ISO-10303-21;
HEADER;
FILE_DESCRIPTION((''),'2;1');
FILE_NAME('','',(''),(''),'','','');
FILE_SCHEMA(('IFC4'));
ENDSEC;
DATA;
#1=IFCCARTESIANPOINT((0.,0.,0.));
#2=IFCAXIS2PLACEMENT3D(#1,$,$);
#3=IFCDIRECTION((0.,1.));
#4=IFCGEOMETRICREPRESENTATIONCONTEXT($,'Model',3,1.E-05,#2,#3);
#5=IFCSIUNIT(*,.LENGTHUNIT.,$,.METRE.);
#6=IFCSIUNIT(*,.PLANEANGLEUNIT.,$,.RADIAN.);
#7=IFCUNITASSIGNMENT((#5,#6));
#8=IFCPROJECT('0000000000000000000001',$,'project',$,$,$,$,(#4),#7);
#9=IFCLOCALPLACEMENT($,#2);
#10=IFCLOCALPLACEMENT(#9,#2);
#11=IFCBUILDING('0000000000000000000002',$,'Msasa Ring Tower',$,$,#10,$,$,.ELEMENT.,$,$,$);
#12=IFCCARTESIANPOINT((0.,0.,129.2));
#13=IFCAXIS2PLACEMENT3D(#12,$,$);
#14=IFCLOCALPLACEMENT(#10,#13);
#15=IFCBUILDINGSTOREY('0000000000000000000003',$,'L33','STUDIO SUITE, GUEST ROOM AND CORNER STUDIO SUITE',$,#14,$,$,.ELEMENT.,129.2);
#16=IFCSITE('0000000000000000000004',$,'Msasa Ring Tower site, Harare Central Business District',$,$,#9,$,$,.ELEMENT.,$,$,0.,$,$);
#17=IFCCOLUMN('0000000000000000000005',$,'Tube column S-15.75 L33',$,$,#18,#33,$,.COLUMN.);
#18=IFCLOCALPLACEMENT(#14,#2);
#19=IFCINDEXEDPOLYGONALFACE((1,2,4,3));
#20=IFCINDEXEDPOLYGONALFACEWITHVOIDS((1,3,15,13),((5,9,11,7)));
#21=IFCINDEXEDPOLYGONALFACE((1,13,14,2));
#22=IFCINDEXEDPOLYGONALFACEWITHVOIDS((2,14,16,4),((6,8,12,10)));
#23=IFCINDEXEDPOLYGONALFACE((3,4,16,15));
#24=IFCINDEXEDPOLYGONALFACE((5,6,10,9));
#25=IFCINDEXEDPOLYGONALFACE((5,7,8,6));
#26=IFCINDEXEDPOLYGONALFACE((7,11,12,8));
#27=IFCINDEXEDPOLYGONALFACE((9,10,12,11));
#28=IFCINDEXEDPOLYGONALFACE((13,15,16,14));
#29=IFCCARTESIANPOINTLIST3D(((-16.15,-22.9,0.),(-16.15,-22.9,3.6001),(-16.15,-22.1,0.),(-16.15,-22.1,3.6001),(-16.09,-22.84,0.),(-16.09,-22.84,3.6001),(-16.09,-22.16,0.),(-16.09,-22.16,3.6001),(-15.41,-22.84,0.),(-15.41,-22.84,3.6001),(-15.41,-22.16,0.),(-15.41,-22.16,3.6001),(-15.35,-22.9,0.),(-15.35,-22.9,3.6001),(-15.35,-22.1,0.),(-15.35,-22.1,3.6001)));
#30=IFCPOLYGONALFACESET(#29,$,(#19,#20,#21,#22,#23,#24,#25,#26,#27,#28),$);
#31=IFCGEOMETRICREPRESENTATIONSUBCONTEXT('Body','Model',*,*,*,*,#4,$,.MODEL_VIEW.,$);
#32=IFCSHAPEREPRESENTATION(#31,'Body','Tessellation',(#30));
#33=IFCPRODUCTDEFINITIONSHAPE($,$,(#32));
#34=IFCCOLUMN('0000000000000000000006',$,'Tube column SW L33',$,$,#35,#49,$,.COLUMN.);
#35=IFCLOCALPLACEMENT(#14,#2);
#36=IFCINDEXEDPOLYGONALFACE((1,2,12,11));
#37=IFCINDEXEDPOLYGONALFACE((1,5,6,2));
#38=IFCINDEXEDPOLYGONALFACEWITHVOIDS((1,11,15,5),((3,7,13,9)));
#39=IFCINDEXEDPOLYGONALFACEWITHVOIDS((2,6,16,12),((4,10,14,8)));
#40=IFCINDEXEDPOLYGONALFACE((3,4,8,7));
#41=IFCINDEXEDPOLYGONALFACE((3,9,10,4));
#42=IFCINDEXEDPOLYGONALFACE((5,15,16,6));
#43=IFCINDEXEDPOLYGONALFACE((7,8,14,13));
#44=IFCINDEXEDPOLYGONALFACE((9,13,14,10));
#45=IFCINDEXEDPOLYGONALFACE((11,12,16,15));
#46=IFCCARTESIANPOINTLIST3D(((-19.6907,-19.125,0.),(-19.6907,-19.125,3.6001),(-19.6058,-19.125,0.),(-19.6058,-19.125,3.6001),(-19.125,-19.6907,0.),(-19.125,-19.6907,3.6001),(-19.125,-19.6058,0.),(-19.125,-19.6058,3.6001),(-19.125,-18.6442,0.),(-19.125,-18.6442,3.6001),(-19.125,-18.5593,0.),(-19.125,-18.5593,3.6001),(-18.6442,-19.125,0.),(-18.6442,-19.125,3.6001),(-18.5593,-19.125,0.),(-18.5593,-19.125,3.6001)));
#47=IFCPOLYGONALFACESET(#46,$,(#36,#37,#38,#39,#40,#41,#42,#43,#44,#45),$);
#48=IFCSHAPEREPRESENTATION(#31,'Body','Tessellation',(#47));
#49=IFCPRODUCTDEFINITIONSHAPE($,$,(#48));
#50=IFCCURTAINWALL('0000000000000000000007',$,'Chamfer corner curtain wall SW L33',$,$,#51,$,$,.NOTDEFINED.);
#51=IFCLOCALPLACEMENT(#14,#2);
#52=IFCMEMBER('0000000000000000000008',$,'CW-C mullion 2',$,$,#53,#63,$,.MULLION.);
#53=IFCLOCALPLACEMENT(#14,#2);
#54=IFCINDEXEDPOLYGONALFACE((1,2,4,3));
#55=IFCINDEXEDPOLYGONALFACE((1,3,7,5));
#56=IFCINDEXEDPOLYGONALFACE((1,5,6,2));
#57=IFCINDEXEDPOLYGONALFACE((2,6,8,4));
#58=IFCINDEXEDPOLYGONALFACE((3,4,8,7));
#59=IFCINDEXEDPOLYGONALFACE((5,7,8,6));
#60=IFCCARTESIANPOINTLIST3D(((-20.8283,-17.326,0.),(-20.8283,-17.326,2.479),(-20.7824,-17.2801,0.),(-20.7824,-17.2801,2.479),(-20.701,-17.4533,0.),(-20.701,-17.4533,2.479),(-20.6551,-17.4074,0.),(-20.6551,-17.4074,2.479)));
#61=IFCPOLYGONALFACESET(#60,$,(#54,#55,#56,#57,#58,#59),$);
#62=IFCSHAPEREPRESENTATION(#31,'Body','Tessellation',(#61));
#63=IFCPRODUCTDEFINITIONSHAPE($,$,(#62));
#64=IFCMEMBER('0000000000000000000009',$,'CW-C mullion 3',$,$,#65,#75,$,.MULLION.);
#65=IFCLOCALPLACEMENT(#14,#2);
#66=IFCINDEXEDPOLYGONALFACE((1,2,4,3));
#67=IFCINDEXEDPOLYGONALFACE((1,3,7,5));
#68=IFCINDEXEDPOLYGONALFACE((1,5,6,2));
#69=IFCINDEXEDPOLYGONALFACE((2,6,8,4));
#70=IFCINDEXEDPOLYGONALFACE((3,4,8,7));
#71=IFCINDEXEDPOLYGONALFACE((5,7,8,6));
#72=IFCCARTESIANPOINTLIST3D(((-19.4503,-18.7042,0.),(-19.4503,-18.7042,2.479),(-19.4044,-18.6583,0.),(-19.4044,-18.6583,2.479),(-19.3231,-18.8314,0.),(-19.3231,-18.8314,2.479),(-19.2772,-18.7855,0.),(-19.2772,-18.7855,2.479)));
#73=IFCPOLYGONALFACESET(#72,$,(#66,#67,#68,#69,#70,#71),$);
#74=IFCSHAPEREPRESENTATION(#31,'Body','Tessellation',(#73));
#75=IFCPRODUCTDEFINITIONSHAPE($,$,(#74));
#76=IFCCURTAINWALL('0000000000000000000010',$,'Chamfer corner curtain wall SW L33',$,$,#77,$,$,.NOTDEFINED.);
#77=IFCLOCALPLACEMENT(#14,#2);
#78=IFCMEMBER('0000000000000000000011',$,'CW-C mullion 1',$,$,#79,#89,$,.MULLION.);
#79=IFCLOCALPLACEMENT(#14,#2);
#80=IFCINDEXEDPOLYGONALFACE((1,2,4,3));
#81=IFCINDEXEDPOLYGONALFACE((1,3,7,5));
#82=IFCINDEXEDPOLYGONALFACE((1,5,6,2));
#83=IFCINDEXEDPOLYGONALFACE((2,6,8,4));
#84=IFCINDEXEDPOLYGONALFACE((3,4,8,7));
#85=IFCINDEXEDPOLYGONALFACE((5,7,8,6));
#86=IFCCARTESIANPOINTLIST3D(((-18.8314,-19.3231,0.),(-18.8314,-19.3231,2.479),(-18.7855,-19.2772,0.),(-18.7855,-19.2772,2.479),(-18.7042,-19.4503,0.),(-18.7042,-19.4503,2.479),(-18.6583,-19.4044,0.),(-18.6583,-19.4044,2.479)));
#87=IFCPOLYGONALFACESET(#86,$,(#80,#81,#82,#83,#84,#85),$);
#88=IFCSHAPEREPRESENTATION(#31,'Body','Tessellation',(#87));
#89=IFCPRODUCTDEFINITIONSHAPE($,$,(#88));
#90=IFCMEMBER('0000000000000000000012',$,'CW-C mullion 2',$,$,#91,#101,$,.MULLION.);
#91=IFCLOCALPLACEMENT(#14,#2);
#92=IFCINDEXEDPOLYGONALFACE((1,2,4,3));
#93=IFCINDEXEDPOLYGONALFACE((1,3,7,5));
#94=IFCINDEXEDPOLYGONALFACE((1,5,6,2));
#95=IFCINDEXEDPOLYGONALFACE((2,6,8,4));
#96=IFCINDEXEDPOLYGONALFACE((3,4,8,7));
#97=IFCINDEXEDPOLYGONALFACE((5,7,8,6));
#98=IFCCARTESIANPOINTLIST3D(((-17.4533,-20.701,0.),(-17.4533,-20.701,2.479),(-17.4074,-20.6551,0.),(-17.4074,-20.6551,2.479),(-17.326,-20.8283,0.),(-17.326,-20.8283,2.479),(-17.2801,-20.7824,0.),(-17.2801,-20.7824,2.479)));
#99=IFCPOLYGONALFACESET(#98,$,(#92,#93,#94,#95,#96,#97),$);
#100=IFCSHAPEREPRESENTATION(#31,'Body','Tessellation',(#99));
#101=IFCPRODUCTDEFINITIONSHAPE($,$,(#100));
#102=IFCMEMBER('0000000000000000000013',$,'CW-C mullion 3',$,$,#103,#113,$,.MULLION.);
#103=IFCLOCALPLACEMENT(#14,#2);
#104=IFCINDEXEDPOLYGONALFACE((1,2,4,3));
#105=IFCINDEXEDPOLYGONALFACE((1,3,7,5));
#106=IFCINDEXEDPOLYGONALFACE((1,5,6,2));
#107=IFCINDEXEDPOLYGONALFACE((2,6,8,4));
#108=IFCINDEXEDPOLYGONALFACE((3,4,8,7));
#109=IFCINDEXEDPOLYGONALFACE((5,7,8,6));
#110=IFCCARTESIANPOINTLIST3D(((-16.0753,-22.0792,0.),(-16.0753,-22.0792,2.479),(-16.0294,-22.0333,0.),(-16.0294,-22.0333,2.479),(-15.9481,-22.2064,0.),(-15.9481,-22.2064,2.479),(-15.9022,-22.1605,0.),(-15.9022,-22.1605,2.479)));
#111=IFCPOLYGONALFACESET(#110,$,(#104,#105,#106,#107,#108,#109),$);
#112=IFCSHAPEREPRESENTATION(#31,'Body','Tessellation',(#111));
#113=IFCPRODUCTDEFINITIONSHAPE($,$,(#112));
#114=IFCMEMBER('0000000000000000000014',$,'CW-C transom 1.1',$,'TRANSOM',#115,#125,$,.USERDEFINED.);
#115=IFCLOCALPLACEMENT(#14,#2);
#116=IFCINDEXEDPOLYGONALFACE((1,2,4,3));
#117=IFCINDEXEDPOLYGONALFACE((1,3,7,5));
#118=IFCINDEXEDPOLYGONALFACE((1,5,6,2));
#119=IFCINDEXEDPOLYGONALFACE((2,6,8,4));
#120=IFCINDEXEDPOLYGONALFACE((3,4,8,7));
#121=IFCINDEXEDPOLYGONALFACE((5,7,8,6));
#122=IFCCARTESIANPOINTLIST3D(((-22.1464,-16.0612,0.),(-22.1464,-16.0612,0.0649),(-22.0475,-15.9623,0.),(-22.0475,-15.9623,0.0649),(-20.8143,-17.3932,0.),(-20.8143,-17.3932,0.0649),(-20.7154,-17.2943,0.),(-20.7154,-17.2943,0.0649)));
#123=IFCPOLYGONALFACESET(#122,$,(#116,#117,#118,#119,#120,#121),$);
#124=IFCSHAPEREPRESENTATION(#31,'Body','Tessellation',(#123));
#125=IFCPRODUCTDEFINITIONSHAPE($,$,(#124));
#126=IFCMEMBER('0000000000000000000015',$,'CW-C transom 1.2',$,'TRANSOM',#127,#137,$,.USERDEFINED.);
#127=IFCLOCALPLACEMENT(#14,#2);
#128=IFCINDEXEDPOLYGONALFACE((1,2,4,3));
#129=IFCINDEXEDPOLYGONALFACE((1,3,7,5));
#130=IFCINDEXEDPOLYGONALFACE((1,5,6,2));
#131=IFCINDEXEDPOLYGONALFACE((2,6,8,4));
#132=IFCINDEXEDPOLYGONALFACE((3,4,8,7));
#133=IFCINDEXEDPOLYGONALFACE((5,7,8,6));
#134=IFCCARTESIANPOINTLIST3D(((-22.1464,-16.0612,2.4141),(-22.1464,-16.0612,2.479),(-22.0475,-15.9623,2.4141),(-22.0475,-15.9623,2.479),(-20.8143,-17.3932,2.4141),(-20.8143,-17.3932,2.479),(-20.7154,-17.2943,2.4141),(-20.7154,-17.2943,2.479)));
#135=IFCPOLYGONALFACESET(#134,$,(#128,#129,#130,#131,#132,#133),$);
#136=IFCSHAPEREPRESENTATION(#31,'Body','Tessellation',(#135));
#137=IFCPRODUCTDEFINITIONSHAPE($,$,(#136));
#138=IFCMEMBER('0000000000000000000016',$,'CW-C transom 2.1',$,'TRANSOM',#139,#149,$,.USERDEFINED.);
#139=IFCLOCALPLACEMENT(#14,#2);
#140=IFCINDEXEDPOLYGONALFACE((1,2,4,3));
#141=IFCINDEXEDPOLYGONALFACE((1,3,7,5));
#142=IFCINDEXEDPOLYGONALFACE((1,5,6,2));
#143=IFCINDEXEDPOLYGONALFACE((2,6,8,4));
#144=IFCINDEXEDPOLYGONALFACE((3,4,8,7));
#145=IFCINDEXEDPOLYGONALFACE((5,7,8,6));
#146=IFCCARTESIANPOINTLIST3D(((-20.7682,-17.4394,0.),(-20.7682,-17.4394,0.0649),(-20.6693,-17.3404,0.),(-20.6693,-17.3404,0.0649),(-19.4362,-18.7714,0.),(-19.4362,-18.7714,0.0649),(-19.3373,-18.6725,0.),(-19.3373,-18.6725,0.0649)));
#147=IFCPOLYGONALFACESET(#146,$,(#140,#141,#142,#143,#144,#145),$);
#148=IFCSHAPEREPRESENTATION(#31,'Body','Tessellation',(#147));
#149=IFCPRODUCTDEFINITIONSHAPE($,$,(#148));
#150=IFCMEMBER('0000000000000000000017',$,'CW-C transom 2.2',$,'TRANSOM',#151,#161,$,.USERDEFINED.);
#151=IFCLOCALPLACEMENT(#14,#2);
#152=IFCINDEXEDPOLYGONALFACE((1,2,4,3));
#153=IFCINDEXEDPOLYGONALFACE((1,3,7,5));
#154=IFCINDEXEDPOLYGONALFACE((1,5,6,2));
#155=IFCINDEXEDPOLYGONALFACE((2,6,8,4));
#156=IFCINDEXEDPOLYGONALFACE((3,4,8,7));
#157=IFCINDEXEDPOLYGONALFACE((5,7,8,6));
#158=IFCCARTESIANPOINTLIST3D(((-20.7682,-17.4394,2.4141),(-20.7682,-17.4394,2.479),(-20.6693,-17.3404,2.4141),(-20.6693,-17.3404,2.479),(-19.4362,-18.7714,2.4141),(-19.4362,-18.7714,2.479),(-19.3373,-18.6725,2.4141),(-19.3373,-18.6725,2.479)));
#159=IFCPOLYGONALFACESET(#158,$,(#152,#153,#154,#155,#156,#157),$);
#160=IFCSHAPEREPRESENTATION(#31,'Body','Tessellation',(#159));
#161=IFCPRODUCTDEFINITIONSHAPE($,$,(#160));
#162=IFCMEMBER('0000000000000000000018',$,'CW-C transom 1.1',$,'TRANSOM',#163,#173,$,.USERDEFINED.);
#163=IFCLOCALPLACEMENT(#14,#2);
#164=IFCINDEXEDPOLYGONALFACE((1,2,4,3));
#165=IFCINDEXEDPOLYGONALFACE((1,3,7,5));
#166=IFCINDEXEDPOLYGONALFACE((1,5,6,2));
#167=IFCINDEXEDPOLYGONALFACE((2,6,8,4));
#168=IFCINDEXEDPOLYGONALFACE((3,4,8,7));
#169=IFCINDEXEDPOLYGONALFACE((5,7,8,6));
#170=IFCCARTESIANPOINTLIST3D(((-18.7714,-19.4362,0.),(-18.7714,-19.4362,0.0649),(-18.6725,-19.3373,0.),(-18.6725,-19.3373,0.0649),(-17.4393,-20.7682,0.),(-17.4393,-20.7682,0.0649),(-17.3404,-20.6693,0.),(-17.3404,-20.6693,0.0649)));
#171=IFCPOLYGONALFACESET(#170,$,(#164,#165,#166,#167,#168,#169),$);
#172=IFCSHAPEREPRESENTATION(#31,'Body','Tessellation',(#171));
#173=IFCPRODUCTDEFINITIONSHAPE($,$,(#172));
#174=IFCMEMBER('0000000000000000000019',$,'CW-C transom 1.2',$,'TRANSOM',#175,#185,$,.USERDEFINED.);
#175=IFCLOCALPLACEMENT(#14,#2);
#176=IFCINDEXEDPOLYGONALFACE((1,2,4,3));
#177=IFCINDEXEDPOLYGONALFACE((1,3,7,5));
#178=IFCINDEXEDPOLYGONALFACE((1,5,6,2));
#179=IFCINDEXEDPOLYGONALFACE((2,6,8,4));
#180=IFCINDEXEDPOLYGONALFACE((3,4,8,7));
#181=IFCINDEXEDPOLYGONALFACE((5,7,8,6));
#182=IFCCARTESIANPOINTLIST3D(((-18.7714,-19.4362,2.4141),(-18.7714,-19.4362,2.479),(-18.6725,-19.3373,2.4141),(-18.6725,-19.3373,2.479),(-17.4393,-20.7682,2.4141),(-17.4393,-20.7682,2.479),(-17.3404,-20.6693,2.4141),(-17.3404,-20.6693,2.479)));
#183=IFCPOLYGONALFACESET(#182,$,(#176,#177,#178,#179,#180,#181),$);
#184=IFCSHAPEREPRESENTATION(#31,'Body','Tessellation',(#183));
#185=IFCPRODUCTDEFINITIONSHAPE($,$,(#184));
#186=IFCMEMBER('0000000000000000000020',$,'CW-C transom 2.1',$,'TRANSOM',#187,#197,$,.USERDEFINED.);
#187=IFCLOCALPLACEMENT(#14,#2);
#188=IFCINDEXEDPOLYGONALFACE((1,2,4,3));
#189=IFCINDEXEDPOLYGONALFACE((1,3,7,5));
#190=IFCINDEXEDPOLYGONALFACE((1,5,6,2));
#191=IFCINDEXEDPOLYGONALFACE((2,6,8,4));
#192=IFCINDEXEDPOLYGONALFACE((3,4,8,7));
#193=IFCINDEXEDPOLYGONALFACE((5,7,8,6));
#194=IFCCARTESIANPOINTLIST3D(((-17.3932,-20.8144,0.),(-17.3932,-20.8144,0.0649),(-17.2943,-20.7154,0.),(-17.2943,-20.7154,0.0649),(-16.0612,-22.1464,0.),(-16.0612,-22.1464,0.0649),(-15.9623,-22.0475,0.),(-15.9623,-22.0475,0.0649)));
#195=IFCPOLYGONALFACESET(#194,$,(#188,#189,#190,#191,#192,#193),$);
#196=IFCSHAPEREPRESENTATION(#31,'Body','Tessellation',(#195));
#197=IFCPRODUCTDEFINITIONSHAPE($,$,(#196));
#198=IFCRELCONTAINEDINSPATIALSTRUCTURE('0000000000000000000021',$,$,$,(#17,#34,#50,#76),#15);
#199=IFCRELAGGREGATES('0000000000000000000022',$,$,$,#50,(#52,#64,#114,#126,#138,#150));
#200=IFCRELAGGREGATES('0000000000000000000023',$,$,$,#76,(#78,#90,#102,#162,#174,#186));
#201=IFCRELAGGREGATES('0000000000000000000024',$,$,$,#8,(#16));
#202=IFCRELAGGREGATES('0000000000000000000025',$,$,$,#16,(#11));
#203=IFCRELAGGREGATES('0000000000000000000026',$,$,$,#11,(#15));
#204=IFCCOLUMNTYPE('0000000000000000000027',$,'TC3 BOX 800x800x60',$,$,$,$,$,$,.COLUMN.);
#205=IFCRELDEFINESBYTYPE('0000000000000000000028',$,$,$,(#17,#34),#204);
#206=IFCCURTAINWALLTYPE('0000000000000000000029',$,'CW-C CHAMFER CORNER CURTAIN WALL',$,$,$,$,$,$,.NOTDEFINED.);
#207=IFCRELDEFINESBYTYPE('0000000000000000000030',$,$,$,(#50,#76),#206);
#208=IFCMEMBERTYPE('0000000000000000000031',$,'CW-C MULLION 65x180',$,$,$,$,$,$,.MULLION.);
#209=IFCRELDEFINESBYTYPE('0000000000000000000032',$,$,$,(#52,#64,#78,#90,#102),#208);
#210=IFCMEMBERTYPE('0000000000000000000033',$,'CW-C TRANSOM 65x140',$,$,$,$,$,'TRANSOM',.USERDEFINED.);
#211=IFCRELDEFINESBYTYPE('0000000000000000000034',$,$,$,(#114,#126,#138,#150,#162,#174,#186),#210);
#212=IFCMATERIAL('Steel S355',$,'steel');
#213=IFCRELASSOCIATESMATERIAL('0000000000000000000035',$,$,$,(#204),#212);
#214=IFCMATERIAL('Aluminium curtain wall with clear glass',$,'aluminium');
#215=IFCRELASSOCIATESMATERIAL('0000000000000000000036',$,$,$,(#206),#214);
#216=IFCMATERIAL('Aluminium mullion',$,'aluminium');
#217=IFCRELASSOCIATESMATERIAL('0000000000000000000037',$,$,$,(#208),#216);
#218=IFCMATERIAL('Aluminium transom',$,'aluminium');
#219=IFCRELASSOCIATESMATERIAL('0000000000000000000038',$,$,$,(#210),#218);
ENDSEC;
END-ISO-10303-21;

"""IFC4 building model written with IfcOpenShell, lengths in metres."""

from ifc_helpers import new_model, si_unit, direction, frame, origin, origin_2d, place, context, subcontext, project, spatial, rectangle, hollow_rectangle, extrude, material, material_profile, profile_set, type_object, element, aggregate, save


model = new_model("IFC4")

# Units and contexts
model_context = context("Model", 3, precision=1e-05, world=origin(), true_north=direction((0.0, 1.0)))
body_context = subcontext(model_context, "Body", "Model", "MODEL_VIEW")
ifc_project = project(units=[si_unit("LENGTHUNIT", "METRE"), si_unit("PLANEANGLEUNIT", "RADIAN")], contexts=[model_context])

# Site, building, storey
site_placement = place(None, origin())
site = spatial("IfcSite", under=ifc_project, at=site_placement, Name="Msasa Ring Tower site, Harare Central Business District", CompositionType="ELEMENT", RefElevation=0.0)
building_placement = place(site_placement, origin())
building = spatial("IfcBuilding", under=site, at=building_placement, Name="Msasa Ring Tower", CompositionType="ELEMENT")
storey_placement = place(building_placement, frame((0.0, 0.0, 129.2)))
storey = spatial("IfcBuildingStorey", under=building, at=storey_placement, Name="L33", Description="STUDIO SUITE, GUEST ROOM AND CORNER STUDIO SUITE", CompositionType="ELEMENT", Elevation=129.2)

# Columns
ifc_material_1 = material(Name="Steel S355", Category="steel")
ifc_material_profile_1 = material_profile(ifc_material_1, hollow_rectangle(XDim=0.8, YDim=0.8, WallThickness=0.0601, at=origin_2d()), Name="BOX 800x800x60")
ifc_profile_set_1 = profile_set([ifc_material_profile_1], Name="Steel S355")
column_type = type_object("IfcColumnType", Name="TC3 BOX 800x800x60", PredefinedType="COLUMN", material=ifc_profile_set_1)
for number, where, z_axis, x_axis, name in (
    (1, (-15.75, -22.5, 0.0), (0.0, 0.0, 1.0), (0.0, 1.0, 0.0), "Tube column S-15.75 L33"),
    (2, (-19.125, -19.125, 0.0), (0.0, 0.0, 1.0), (0.707107, 0.707107, 0.0), "Tube column SW L33"),
):
    element("IfcColumn", number, at=place(storey_placement, frame(where, z_axis=z_axis, x_axis=x_axis)), inside=storey, type_object=column_type, Name=name, PredefinedType="COLUMN", context=body_context, shape_type="SweptSolid", body=[
        extrude(hollow_rectangle(XDim=0.8, YDim=0.8, WallThickness=0.0601, at=origin_2d()), origin(), (0.0, 0.0, 1.0), 3.6001),
    ])

# Curtain walls, members
ifc_material_2 = material(Name="Aluminium curtain wall with clear glass", Category="aluminium")
curtain_wall_type = type_object("IfcCurtainWallType", Name="CW-C CHAMFER CORNER CURTAIN WALL", PredefinedType="NOTDEFINED", material=ifc_material_2)
curtain_wall_1_placement = place(storey_placement, origin())
curtain_wall_1 = element("IfcCurtainWall", 3, at=curtain_wall_1_placement, inside=storey, type_object=curtain_wall_type, Name="Chamfer corner curtain wall SW L33", PredefinedType="NOTDEFINED")
ifc_material_3 = material(Name="Aluminium mullion", Category="aluminium")
ifc_material_profile_2 = material_profile(ifc_material_3, rectangle(XDim=0.0649, YDim=0.1799, at=origin_2d()), Name="AL 65x180")
ifc_profile_set_2 = profile_set([ifc_material_profile_2], Name="Aluminium mullion")
member_type_1 = type_object("IfcMemberType", Name="CW-C MULLION 65x180", PredefinedType="MULLION", material=ifc_profile_set_2)
member_1_placement = place(storey_placement, frame((-20.7417, -17.3667, 0.0), z_axis=(0.0, 0.0, 1.0), x_axis=(0.707107, 0.707107, 0.0)))
member_1 = element("IfcMember", 4, at=member_1_placement, type_object=member_type_1, Name="CW-C mullion 2", PredefinedType="MULLION", context=body_context, shape_type="SweptSolid", body=[
    extrude(rectangle(XDim=0.0649, YDim=0.1799, at=origin_2d()), origin(), (0.0, 0.0, 1.0), 2.479),
])
member_2_placement = place(storey_placement, frame((-19.3638, -18.7449, 0.0), z_axis=(0.0, 0.0, 1.0), x_axis=(0.707107, 0.707107, 0.0)))
member_2 = element("IfcMember", 5, at=member_2_placement, type_object=member_type_1, Name="CW-C mullion 3", PredefinedType="MULLION", context=body_context, shape_type="SweptSolid", body=[
    extrude(rectangle(XDim=0.0649, YDim=0.1799, at=origin_2d()), origin(), (0.0, 0.0, 1.0), 2.479),
])
curtain_wall_2_placement = place(storey_placement, origin())
curtain_wall_2 = element("IfcCurtainWall", 6, at=curtain_wall_2_placement, inside=storey, type_object=curtain_wall_type, Name="Chamfer corner curtain wall SW L33", PredefinedType="NOTDEFINED")
member_3_placement = place(storey_placement, frame((-18.7449, -19.3638, 0.0), z_axis=(0.0, 0.0, 1.0), x_axis=(0.707107, 0.707107, 0.0)))
member_3 = element("IfcMember", 7, at=member_3_placement, type_object=member_type_1, Name="CW-C mullion 1", PredefinedType="MULLION", context=body_context, shape_type="SweptSolid", body=[
    extrude(rectangle(XDim=0.0649, YDim=0.1799, at=origin_2d()), origin(), (0.0, 0.0, 1.0), 2.479),
])
member_4_placement = place(storey_placement, frame((-17.3667, -20.7417, 0.0), z_axis=(0.0, 0.0, 1.0), x_axis=(0.707107, 0.707107, 0.0)))
member_4 = element("IfcMember", 8, at=member_4_placement, type_object=member_type_1, Name="CW-C mullion 2", PredefinedType="MULLION", context=body_context, shape_type="SweptSolid", body=[
    extrude(rectangle(XDim=0.0649, YDim=0.1799, at=origin_2d()), origin(), (0.0, 0.0, 1.0), 2.479),
])
member_5_placement = place(storey_placement, frame((-15.9888, -22.1199, 0.0), z_axis=(0.0, 0.0, 1.0), x_axis=(0.707107, 0.707107, 0.0)))
member_5 = element("IfcMember", 9, at=member_5_placement, type_object=member_type_1, Name="CW-C mullion 3", PredefinedType="MULLION", context=body_context, shape_type="SweptSolid", body=[
    extrude(rectangle(XDim=0.0649, YDim=0.1799, at=origin_2d()), origin(), (0.0, 0.0, 1.0), 2.479),
])

# Members
ifc_material_4 = material(Name="Aluminium transom", Category="aluminium")
ifc_material_profile_3 = material_profile(ifc_material_4, rectangle(XDim=0.1399, YDim=0.0649, at=origin_2d()), Name="AL 65x140")
ifc_profile_set_3 = profile_set([ifc_material_profile_3], Name="Aluminium transom")
member_type_2 = type_object("IfcMemberType", Name="CW-C TRANSOM 65x140", ElementType="TRANSOM", PredefinedType="USERDEFINED", material=ifc_profile_set_3)
member_6_placement = place(storey_placement, frame((-22.0969, -16.0117, 0.0325), z_axis=(0.707107, -0.707107, 0.0), x_axis=(0.707107, 0.707107, 0.0)))
member_6 = element("IfcMember", 10, at=member_6_placement, type_object=member_type_2, Name="CW-C transom 1.1", ObjectType="TRANSOM", PredefinedType="USERDEFINED", context=body_context, shape_type="SweptSolid", body=[
    extrude(rectangle(XDim=0.1399, YDim=0.0649, at=origin_2d()), origin(), (0.0, 0.0, 1.0), 1.8838),
])
member_7_placement = place(storey_placement, frame((-22.0969, -16.0117, 2.4465), z_axis=(0.707107, -0.707107, 0.0), x_axis=(0.707107, 0.707107, 0.0)))
member_7 = element("IfcMember", 11, at=member_7_placement, type_object=member_type_2, Name="CW-C transom 1.2", ObjectType="TRANSOM", PredefinedType="USERDEFINED", context=body_context, shape_type="SweptSolid", body=[
    extrude(rectangle(XDim=0.1399, YDim=0.0649, at=origin_2d()), origin(), (0.0, 0.0, 1.0), 1.8838),
])
member_8_placement = place(storey_placement, frame((-20.7188, -17.3899, 0.0325), z_axis=(0.707107, -0.707107, 0.0), x_axis=(0.707107, 0.707107, 0.0)))
member_8 = element("IfcMember", 12, at=member_8_placement, type_object=member_type_2, Name="CW-C transom 2.1", ObjectType="TRANSOM", PredefinedType="USERDEFINED", context=body_context, shape_type="SweptSolid", body=[
    extrude(rectangle(XDim=0.1399, YDim=0.0649, at=origin_2d()), origin(), (0.0, 0.0, 1.0), 1.8838),
])
member_9_placement = place(storey_placement, frame((-20.7188, -17.3899, 2.4465), z_axis=(0.707107, -0.707107, 0.0), x_axis=(0.707107, 0.707107, 0.0)))
member_9 = element("IfcMember", 13, at=member_9_placement, type_object=member_type_2, Name="CW-C transom 2.2", ObjectType="TRANSOM", PredefinedType="USERDEFINED", context=body_context, shape_type="SweptSolid", body=[
    extrude(rectangle(XDim=0.1399, YDim=0.0649, at=origin_2d()), origin(), (0.0, 0.0, 1.0), 1.8838),
])
member_10_placement = place(storey_placement, frame((-18.7219, -19.3867, 0.0325), z_axis=(0.707107, -0.707107, 0.0), x_axis=(0.707107, 0.707107, 0.0)))
member_10 = element("IfcMember", 14, at=member_10_placement, type_object=member_type_2, Name="CW-C transom 1.1", ObjectType="TRANSOM", PredefinedType="USERDEFINED", context=body_context, shape_type="SweptSolid", body=[
    extrude(rectangle(XDim=0.1399, YDim=0.0649, at=origin_2d()), origin(), (0.0, 0.0, 1.0), 1.8838),
])
member_11_placement = place(storey_placement, frame((-18.7219, -19.3867, 2.4465), z_axis=(0.707107, -0.707107, 0.0), x_axis=(0.707107, 0.707107, 0.0)))
member_11 = element("IfcMember", 15, at=member_11_placement, type_object=member_type_2, Name="CW-C transom 1.2", ObjectType="TRANSOM", PredefinedType="USERDEFINED", context=body_context, shape_type="SweptSolid", body=[
    extrude(rectangle(XDim=0.1399, YDim=0.0649, at=origin_2d()), origin(), (0.0, 0.0, 1.0), 1.8838),
])
member_12_placement = place(storey_placement, frame((-17.3438, -20.7649, 0.0325), z_axis=(0.707107, -0.707107, 0.0), x_axis=(0.707107, 0.707107, 0.0)))
member_12 = element("IfcMember", 16, at=member_12_placement, type_object=member_type_2, Name="CW-C transom 2.1", ObjectType="TRANSOM", PredefinedType="USERDEFINED", context=body_context, shape_type="SweptSolid", body=[
    extrude(rectangle(XDim=0.1399, YDim=0.0649, at=origin_2d()), origin(), (0.0, 0.0, 1.0), 1.8838),
])

aggregate(curtain_wall_1, [member_1, member_2, member_6, member_7, member_8, member_9])
aggregate(curtain_wall_2, [member_3, member_4, member_5, member_10, member_11, member_12])

save(model, "model.ifc")
